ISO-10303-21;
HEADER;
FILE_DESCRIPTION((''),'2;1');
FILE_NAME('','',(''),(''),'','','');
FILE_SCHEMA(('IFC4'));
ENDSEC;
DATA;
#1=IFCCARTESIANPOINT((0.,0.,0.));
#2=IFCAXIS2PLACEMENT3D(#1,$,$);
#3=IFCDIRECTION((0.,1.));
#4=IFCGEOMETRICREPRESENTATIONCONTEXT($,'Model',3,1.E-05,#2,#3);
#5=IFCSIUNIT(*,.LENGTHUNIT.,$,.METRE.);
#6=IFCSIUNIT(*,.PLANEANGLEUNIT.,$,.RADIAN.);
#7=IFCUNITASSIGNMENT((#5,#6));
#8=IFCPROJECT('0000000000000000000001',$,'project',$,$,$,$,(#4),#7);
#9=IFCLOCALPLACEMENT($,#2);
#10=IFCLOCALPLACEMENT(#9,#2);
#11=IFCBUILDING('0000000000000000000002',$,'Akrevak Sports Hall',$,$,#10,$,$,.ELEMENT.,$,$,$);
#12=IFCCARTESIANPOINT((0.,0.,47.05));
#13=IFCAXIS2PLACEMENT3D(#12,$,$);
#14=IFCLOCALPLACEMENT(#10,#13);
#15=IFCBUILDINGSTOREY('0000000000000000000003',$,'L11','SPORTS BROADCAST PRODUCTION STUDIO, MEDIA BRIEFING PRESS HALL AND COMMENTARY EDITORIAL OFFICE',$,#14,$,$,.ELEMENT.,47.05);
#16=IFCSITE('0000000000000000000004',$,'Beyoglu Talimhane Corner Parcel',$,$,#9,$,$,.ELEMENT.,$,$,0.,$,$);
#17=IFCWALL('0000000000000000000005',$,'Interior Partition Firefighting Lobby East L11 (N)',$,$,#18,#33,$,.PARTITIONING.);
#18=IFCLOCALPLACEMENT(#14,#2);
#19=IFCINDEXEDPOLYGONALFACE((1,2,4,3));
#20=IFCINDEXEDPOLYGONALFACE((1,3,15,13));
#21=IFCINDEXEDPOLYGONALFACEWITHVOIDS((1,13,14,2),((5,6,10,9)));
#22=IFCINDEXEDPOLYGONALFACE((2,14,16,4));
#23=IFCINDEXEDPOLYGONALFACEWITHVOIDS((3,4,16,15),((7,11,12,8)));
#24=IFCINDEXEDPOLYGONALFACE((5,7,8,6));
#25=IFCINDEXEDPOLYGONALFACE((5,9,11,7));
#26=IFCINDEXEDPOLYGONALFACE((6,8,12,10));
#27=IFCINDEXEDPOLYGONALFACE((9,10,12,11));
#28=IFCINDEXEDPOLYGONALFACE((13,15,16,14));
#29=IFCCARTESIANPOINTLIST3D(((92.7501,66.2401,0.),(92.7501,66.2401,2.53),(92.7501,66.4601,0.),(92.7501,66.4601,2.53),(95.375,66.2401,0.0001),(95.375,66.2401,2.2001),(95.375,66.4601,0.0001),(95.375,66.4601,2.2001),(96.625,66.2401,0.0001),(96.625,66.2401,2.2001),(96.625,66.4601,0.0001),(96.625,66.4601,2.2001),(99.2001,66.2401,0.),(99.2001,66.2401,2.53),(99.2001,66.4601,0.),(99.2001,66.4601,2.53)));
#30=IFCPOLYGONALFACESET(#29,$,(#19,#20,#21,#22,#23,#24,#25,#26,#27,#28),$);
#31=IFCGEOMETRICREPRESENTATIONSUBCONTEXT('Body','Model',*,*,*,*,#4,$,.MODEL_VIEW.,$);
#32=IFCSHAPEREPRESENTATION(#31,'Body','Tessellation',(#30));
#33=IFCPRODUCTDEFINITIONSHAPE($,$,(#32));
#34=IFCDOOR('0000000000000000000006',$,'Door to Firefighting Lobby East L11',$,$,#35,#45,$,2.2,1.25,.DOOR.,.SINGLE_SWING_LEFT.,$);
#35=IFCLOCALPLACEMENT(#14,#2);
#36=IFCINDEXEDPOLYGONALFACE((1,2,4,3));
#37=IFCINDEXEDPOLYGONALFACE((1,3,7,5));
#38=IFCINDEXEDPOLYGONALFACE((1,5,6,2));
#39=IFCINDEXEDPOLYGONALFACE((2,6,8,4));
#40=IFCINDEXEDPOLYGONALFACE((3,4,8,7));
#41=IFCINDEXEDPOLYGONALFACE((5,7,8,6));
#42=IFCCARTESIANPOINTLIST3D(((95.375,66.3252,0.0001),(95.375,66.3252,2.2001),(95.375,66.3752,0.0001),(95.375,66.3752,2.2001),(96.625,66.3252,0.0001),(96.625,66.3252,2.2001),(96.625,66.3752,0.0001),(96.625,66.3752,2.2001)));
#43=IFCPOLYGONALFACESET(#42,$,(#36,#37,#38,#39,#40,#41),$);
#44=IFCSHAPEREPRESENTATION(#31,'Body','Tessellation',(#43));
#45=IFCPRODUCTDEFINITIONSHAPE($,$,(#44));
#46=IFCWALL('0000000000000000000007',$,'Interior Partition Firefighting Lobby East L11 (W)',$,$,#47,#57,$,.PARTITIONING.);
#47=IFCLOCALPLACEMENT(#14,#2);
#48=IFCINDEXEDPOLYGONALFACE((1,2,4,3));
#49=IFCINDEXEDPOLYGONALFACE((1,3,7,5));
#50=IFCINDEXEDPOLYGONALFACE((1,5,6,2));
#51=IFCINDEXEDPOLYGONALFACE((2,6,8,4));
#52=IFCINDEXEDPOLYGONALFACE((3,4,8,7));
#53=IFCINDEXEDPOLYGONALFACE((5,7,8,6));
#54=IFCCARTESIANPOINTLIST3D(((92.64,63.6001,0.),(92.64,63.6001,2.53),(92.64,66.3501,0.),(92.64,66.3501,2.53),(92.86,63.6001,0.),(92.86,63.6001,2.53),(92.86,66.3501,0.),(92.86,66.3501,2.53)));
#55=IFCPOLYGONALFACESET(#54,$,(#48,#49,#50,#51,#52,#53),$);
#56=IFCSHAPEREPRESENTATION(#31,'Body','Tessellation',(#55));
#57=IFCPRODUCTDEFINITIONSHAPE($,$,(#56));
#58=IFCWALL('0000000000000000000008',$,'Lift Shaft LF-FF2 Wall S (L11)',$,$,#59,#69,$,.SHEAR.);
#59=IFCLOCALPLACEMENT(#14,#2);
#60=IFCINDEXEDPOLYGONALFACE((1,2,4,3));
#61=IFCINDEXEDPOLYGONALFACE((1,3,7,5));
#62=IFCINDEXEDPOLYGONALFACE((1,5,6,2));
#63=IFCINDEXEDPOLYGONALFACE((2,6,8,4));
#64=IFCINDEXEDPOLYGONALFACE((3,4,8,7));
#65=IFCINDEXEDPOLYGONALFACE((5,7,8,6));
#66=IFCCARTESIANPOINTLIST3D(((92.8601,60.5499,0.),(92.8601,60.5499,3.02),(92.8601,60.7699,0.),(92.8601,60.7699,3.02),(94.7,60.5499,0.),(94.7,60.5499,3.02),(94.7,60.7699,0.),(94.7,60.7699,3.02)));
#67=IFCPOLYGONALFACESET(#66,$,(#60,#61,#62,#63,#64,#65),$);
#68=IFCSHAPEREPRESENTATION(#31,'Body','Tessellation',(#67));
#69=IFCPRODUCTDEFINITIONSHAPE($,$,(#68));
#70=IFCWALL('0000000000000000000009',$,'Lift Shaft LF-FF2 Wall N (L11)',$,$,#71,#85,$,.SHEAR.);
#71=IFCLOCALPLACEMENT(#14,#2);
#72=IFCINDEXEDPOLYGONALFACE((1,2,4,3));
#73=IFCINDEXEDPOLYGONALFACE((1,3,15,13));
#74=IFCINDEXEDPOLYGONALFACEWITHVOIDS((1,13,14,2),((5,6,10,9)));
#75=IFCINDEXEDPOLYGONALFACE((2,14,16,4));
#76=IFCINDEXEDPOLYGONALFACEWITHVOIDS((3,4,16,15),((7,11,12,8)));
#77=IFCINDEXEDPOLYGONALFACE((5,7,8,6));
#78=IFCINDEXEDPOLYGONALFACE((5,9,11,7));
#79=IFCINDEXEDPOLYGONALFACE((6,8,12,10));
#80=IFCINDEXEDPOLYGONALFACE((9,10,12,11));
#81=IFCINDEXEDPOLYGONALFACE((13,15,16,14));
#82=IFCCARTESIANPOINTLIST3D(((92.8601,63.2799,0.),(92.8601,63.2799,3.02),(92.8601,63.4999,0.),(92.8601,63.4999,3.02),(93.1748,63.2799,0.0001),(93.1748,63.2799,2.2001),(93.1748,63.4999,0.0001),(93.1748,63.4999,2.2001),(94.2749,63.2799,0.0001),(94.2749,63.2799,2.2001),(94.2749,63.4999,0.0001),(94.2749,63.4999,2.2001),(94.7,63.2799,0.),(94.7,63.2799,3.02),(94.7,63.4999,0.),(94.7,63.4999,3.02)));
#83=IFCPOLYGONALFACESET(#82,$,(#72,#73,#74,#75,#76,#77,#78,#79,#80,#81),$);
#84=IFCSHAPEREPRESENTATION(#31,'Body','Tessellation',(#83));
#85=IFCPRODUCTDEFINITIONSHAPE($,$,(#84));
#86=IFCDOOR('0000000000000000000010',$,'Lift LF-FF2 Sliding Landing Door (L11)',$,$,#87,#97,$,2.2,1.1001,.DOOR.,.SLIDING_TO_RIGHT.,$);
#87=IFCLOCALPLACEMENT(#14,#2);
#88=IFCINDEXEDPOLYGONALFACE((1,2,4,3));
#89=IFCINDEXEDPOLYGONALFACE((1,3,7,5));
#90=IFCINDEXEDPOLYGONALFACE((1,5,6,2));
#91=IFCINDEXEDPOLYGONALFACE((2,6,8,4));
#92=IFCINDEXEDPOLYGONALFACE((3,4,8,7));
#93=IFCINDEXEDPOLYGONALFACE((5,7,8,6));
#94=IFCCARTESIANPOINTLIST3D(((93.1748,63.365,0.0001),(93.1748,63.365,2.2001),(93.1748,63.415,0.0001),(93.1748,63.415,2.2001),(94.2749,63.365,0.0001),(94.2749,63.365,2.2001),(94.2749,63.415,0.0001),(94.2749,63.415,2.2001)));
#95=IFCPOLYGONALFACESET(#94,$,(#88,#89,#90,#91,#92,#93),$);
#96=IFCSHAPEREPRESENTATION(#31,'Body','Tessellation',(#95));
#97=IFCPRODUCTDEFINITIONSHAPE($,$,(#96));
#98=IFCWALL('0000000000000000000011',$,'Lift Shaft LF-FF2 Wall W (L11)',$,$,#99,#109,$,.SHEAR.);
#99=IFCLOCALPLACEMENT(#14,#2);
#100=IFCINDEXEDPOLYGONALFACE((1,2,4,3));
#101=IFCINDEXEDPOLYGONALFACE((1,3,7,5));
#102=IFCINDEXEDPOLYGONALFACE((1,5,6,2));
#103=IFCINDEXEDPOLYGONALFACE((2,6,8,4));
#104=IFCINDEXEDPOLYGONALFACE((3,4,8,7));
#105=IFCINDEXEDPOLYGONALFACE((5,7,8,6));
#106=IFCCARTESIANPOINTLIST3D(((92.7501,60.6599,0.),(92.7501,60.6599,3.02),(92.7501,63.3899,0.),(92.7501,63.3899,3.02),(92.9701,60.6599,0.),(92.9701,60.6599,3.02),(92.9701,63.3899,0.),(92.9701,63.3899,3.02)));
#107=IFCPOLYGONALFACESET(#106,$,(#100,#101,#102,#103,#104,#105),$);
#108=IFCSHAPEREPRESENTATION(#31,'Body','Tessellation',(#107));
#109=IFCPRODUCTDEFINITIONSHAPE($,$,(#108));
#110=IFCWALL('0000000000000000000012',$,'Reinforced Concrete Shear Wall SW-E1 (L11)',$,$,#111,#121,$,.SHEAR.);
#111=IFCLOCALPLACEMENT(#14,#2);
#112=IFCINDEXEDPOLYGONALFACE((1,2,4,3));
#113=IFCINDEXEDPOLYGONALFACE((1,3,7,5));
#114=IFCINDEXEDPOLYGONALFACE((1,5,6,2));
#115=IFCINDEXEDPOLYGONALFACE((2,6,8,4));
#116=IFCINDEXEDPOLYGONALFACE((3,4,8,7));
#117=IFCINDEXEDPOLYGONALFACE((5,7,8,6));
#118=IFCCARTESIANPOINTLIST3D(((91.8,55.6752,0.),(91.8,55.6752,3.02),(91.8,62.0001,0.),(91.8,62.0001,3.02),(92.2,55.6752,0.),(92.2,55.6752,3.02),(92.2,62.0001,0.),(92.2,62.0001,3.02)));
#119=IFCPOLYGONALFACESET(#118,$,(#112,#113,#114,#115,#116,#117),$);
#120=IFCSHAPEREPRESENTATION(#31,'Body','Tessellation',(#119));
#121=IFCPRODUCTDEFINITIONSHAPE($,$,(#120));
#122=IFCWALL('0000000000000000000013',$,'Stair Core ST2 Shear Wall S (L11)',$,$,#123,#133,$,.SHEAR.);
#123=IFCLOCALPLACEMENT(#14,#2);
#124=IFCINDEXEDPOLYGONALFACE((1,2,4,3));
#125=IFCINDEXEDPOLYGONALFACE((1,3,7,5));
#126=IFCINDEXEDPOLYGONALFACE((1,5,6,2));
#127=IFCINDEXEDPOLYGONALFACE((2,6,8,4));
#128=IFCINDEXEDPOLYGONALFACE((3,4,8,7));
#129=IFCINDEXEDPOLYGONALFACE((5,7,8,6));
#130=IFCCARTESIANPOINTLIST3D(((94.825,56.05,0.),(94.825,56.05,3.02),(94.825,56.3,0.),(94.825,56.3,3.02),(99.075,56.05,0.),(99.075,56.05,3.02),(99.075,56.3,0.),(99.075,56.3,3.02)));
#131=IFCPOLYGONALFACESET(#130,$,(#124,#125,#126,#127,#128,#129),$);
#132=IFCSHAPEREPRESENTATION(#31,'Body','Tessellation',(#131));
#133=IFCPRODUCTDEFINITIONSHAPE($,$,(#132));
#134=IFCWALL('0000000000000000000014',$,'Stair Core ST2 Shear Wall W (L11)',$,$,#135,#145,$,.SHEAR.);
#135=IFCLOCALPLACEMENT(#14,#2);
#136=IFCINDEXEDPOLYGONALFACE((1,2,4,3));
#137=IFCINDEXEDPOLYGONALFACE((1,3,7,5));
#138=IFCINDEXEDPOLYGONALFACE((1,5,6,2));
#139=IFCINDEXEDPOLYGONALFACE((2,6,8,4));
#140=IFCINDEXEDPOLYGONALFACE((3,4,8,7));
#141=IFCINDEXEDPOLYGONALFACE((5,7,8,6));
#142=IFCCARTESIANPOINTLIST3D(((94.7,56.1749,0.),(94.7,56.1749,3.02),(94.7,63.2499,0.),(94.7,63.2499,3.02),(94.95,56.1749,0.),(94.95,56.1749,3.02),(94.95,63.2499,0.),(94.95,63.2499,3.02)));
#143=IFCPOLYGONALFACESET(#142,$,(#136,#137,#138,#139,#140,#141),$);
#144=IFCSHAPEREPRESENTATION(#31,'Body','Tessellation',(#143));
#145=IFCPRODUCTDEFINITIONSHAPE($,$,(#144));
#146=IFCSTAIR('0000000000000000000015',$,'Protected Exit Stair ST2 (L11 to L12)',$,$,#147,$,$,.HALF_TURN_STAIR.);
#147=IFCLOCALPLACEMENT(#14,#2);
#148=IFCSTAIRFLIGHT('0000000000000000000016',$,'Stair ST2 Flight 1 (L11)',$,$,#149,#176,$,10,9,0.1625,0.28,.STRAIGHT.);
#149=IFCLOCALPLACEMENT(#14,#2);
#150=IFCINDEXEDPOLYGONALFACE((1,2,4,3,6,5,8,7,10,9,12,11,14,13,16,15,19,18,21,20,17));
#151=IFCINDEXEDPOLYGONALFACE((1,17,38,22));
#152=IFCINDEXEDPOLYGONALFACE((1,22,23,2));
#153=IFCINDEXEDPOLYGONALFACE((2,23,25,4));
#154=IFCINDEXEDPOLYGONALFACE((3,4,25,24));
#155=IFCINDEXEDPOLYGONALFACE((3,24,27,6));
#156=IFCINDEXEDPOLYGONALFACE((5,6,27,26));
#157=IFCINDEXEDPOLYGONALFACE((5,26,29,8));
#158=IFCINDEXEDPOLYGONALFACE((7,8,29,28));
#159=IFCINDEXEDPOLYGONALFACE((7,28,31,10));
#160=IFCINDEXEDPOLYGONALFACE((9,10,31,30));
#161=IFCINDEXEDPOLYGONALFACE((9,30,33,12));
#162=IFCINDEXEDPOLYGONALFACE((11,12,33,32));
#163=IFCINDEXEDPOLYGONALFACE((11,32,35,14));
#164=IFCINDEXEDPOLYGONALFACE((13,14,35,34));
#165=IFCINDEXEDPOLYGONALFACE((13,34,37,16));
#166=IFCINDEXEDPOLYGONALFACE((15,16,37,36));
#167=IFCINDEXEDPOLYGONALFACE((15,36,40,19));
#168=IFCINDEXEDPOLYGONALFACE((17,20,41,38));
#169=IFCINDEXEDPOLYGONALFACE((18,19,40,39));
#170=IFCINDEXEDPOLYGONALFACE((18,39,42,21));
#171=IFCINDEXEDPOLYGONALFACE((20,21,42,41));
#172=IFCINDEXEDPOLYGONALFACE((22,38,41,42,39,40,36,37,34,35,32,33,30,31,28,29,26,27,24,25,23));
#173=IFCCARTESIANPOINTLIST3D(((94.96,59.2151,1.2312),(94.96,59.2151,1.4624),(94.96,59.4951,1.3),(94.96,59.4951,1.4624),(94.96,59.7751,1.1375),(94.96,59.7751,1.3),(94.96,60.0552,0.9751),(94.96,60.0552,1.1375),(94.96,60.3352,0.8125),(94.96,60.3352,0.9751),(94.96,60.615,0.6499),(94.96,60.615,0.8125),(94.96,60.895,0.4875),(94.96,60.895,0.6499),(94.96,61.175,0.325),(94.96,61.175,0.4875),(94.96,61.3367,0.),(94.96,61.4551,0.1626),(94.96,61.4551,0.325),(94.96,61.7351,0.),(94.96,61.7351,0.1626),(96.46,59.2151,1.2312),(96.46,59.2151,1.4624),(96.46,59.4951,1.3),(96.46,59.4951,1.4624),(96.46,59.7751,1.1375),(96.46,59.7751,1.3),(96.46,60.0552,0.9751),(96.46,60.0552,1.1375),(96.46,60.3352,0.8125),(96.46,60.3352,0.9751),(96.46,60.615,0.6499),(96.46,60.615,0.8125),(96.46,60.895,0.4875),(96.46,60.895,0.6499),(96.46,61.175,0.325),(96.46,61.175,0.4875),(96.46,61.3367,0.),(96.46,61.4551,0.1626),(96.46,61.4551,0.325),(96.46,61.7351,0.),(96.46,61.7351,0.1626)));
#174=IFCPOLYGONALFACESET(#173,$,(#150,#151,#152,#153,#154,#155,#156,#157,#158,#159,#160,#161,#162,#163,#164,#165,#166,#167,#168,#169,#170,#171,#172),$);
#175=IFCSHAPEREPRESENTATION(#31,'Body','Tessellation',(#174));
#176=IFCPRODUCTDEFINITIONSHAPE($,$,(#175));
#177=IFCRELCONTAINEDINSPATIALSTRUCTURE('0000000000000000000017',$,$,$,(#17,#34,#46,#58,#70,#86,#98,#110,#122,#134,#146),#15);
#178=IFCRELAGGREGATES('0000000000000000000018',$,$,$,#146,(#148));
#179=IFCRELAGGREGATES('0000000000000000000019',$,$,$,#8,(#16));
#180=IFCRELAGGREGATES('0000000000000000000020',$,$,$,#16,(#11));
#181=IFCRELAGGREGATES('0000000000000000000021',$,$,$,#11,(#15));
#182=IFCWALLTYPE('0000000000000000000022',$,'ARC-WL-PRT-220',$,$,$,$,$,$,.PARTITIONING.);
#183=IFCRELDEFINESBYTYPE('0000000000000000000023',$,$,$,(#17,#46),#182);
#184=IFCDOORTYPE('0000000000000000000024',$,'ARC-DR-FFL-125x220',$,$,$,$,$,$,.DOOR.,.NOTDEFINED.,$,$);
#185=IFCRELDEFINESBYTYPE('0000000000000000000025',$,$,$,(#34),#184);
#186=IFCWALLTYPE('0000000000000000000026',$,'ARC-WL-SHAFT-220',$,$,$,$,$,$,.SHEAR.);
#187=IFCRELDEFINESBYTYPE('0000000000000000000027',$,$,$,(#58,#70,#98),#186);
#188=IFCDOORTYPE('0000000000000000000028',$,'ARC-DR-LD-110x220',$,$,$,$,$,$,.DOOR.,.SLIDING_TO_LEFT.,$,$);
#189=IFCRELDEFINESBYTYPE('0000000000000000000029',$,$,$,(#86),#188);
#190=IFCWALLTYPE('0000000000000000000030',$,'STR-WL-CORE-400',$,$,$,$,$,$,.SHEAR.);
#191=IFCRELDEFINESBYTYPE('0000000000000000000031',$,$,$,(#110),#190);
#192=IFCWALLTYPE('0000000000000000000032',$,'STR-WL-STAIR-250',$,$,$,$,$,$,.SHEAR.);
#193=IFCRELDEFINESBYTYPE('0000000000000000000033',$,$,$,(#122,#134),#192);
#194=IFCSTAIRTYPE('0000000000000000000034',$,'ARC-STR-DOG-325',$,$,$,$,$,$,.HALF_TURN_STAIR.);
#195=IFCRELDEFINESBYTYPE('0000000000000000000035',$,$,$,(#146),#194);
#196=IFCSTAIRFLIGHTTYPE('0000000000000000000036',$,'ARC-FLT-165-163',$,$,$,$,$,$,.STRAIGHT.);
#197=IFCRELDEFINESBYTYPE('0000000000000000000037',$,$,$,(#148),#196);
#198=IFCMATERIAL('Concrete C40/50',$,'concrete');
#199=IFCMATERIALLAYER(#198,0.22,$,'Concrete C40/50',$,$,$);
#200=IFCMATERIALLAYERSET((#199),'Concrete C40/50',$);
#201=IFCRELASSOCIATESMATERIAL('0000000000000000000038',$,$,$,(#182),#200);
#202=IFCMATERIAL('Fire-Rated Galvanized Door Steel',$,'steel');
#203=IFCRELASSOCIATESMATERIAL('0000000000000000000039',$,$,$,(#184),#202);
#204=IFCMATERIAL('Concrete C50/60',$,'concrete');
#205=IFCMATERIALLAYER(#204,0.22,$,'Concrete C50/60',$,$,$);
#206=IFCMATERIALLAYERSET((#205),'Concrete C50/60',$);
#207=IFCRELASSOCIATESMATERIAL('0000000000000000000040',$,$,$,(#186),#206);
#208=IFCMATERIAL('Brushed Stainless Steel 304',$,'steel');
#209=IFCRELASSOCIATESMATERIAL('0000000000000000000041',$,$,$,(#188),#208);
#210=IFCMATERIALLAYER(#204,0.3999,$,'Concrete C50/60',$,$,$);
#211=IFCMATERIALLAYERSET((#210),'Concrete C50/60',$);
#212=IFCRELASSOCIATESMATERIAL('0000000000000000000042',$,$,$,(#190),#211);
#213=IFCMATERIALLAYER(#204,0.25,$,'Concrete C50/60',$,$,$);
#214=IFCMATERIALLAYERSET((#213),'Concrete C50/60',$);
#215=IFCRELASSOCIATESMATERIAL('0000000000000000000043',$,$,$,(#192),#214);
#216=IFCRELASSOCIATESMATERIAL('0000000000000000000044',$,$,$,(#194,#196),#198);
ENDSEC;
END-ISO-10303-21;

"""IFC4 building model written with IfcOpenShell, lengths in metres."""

from ifc_helpers import new_model, si_unit, direction, frame, frame_2d, origin, place, context, subcontext, project, spatial, polyline, rectangle, outline, extrude, material, layer, layer_set, type_object, element, fill, aggregate, save


model = new_model("IFC4")

# Units and contexts
model_context = context("Model", 3, precision=1e-05, world=origin(), true_north=direction((0.0, 1.0)))
body_context = subcontext(model_context, "Body", "Model", "MODEL_VIEW")
ifc_project = project(units=[si_unit("LENGTHUNIT", "METRE"), si_unit("PLANEANGLEUNIT", "RADIAN")], contexts=[model_context])

# Site, building, storey
site_placement = place(None, origin())
site = spatial("IfcSite", under=ifc_project, at=site_placement, Name="Beyoglu Talimhane Corner Parcel", CompositionType="ELEMENT", RefElevation=0.0)
building_placement = place(site_placement, origin())
building = spatial("IfcBuilding", under=site, at=building_placement, Name="Akrevak Sports Hall", CompositionType="ELEMENT")
storey_placement = place(building_placement, frame((0.0, 0.0, 47.05)))
storey = spatial("IfcBuildingStorey", under=building, at=storey_placement, Name="L11", Description="SPORTS BROADCAST PRODUCTION STUDIO, MEDIA BRIEFING PRESS HALL AND COMMENTARY EDITORIAL OFFICE", CompositionType="ELEMENT", Elevation=47.05)

# Shared definitions
ifc_material_1 = material(Name="Concrete C40/50", Category="concrete")
ifc_material_2 = material(Name="Concrete C50/60", Category="concrete")

# Shared definitions
ifc_layer_1 = layer(ifc_material_1, 0.22, Name="Concrete C40/50")
ifc_layer_set_1 = layer_set([ifc_layer_1], Name="Concrete C40/50")
wall_type_1 = type_object("IfcWallType", Name="ARC-WL-PRT-220", PredefinedType="PARTITIONING", material=ifc_layer_set_1)

# Wall, opening, door
wall_1_placement = place(storey_placement, frame((92.75, 66.3501, 0.0), z_axis=(0.0, 0.0, 1.0), x_axis=(1.0, 0.0, 0.0)))
wall_1 = element("IfcWall", 1, at=wall_1_placement, inside=storey, type_object=wall_type_1, Name="Interior Partition Firefighting Lobby East L11 (N)", PredefinedType="PARTITIONING", context=body_context, shape_type="SweptSolid", body=[
    extrude(rectangle(XDim=6.45, YDim=0.22, at=frame_2d((3.2251, 0.0))), origin(), (0.0, 0.0, 1.0), 2.53),
])
opening_1_placement = place(wall_1_placement, frame((2.625, 0.0, 0.0)))
opening_1 = element("IfcOpeningElement", 2, at=opening_1_placement, cuts=wall_1, PredefinedType="OPENING", context=body_context, shape_type="SweptSolid", body=[
    extrude(rectangle(XDim=1.25, YDim=2.2, at=frame_2d((0.625, 1.1001))), frame((0.0, 0.1221, 0.0), z_axis=(0.0, -1.0, 0.0), x_axis=(1.0, 0.0, 0.0)), (0.0, 0.0, 1.0), 0.2439),
])
ifc_material_3 = material(Name="Fire-Rated Galvanized Door Steel", Category="steel")
door_type_1 = type_object("IfcDoorType", Name="ARC-DR-FFL-125x220", OperationType="NOTDEFINED", PredefinedType="DOOR", material=ifc_material_3)
door_1_placement = place(opening_1_placement, frame((1.25, 0.0, 0.0), z_axis=(0.0, 0.0, 1.0), x_axis=(-1.0, 0.0, 0.0)))
door_1 = element("IfcDoor", 3, at=door_1_placement, inside=storey, type_object=door_type_1, Name="Door to Firefighting Lobby East L11", OperationType="SINGLE_SWING_LEFT", OverallHeight=2.2, OverallWidth=1.25, PredefinedType="DOOR", context=body_context, shape_type="SweptSolid", body=[
    extrude(rectangle(XDim=1.25, YDim=2.2, at=frame_2d((0.625, 1.1001))), frame((0.0, 0.0249, 0.0), z_axis=(0.0, -1.0, 0.0), x_axis=(1.0, 0.0, 0.0)), (0.0, 0.0, 1.0), 0.05),
])
fill(opening_1, door_1)

# Walls
wall_2_placement = place(storey_placement, frame((92.75, 63.6001, 0.0), z_axis=(0.0, 0.0, 1.0), x_axis=(0.0, 1.0, 0.0)))
element("IfcWall", 4, at=wall_2_placement, inside=storey, type_object=wall_type_1, Name="Interior Partition Firefighting Lobby East L11 (W)", PredefinedType="PARTITIONING", context=body_context, shape_type="SweptSolid", body=[
    extrude(rectangle(XDim=2.75, YDim=0.22, at=frame_2d((1.375, 0.0))), origin(), (0.0, 0.0, 1.0), 2.53),
])
ifc_layer_2 = layer(ifc_material_2, 0.22, Name="Concrete C50/60")
ifc_layer_set_2 = layer_set([ifc_layer_2], Name="Concrete C50/60")
wall_type_2 = type_object("IfcWallType", Name="ARC-WL-SHAFT-220", PredefinedType="SHEAR", material=ifc_layer_set_2)
wall_3_placement = place(storey_placement, frame((92.8601, 60.6599, 0.0), z_axis=(0.0, 0.0, 1.0), x_axis=(1.0, 0.0, 0.0)))
element("IfcWall", 5, at=wall_3_placement, inside=storey, type_object=wall_type_2, Name="Lift Shaft LF-FF2 Wall S (L11)", PredefinedType="SHEAR", context=body_context, shape_type="SweptSolid", body=[
    extrude(rectangle(XDim=1.8398, YDim=0.22, at=frame_2d((0.9199, 0.0))), origin(), (0.0, 0.0, 1.0), 3.02),
])

# Wall, opening, door
wall_4_placement = place(storey_placement, frame((94.7, 63.3899, 0.0), z_axis=(0.0, 0.0, 1.0), x_axis=(-1.0, 0.0, 0.0)))
wall_4 = element("IfcWall", 6, at=wall_4_placement, inside=storey, type_object=wall_type_2, Name="Lift Shaft LF-FF2 Wall N (L11)", PredefinedType="SHEAR", context=body_context, shape_type="SweptSolid", body=[
    extrude(rectangle(XDim=1.8398, YDim=0.22, at=frame_2d((0.9199, 0.0))), origin(), (0.0, 0.0, 1.0), 3.02),
])
opening_2_placement = place(wall_4_placement, frame((0.425, 0.0, 0.0)))
opening_2 = element("IfcOpeningElement", 7, at=opening_2_placement, cuts=wall_4, PredefinedType="OPENING", context=body_context, shape_type="SweptSolid", body=[
    extrude(rectangle(XDim=1.1001, YDim=2.2, at=frame_2d((0.55, 1.1001))), frame((0.0, 0.1221, 0.0), z_axis=(0.0, -1.0, 0.0), x_axis=(1.0, 0.0, 0.0)), (0.0, 0.0, 1.0), 0.2439),
])
ifc_material_4 = material(Name="Brushed Stainless Steel 304", Category="steel")
door_type_2 = type_object("IfcDoorType", Name="ARC-DR-LD-110x220", OperationType="SLIDING_TO_LEFT", PredefinedType="DOOR", material=ifc_material_4)
door_2_placement = place(opening_2_placement, origin())
door_2 = element("IfcDoor", 8, at=door_2_placement, inside=storey, type_object=door_type_2, Name="Lift LF-FF2 Sliding Landing Door (L11)", OperationType="SLIDING_TO_RIGHT", OverallHeight=2.2, OverallWidth=1.1001, PredefinedType="DOOR", context=body_context, shape_type="SweptSolid", body=[
    extrude(rectangle(XDim=1.1001, YDim=2.2, at=frame_2d((0.55, 1.1001))), frame((0.0, 0.0249, 0.0), z_axis=(0.0, -1.0, 0.0), x_axis=(1.0, 0.0, 0.0)), (0.0, 0.0, 1.0), 0.05),
])
fill(opening_2, door_2)

# Walls
wall_5_placement = place(storey_placement, frame((92.8601, 63.3899, 0.0), z_axis=(0.0, 0.0, 1.0), x_axis=(0.0, -1.0, 0.0)))
element("IfcWall", 9, at=wall_5_placement, inside=storey, type_object=wall_type_2, Name="Lift Shaft LF-FF2 Wall W (L11)", PredefinedType="SHEAR", context=body_context, shape_type="SweptSolid", body=[
    extrude(rectangle(XDim=2.73, YDim=0.22, at=frame_2d((1.365, 0.0))), origin(), (0.0, 0.0, 1.0), 3.02),
])
ifc_layer_3 = layer(ifc_material_2, 0.3999, Name="Concrete C50/60")
ifc_layer_set_3 = layer_set([ifc_layer_3], Name="Concrete C50/60")
wall_type_3 = type_object("IfcWallType", Name="STR-WL-CORE-400", PredefinedType="SHEAR", material=ifc_layer_set_3)
wall_6_placement = place(storey_placement, frame((92.0, 55.675, 0.0), z_axis=(0.0, 0.0, 1.0), x_axis=(0.0, 1.0, 0.0)))
element("IfcWall", 10, at=wall_6_placement, inside=storey, type_object=wall_type_3, Name="Reinforced Concrete Shear Wall SW-E1 (L11)", PredefinedType="SHEAR", context=body_context, shape_type="SweptSolid", body=[
    extrude(rectangle(XDim=6.325, YDim=0.3999, at=frame_2d((3.1626, 0.0))), origin(), (0.0, 0.0, 1.0), 3.02),
])
ifc_layer_4 = layer(ifc_material_2, 0.25, Name="Concrete C50/60")
ifc_layer_set_4 = layer_set([ifc_layer_4], Name="Concrete C50/60")
wall_type_4 = type_object("IfcWallType", Name="STR-WL-STAIR-250", PredefinedType="SHEAR", material=ifc_layer_set_4)
wall_7_placement = place(storey_placement, frame((94.825, 56.175, 0.0), z_axis=(0.0, 0.0, 1.0), x_axis=(1.0, 0.0, 0.0)))
element("IfcWall", 11, at=wall_7_placement, inside=storey, type_object=wall_type_4, Name="Stair Core ST2 Shear Wall S (L11)", PredefinedType="SHEAR", context=body_context, shape_type="SweptSolid", body=[
    extrude(rectangle(XDim=4.25, YDim=0.25, at=frame_2d((2.125, 0.0))), origin(), (0.0, 0.0, 1.0), 3.02),
])
wall_8_placement = place(storey_placement, frame((94.825, 63.25, 0.0), z_axis=(0.0, 0.0, 1.0), x_axis=(0.0, -1.0, 0.0)))
element("IfcWall", 12, at=wall_8_placement, inside=storey, type_object=wall_type_4, Name="Stair Core ST2 Shear Wall W (L11)", PredefinedType="SHEAR", context=body_context, shape_type="SweptSolid", body=[
    extrude(rectangle(XDim=7.075, YDim=0.25, at=frame_2d((3.5376, 0.0))), origin(), (0.0, 0.0, 1.0), 3.02),
])

# Stair, stair flight
stair_type = type_object("IfcStairType", Name="ARC-STR-DOG-325", PredefinedType="HALF_TURN_STAIR", material=ifc_material_1)
stair_placement = place(storey_placement, origin())
stair = element("IfcStair", 13, at=stair_placement, inside=storey, type_object=stair_type, Name="Protected Exit Stair ST2 (L11 to L12)", PredefinedType="HALF_TURN_STAIR")
stair_flight_type = type_object("IfcStairFlightType", Name="ARC-FLT-165-163", PredefinedType="STRAIGHT", material=ifc_material_1)
stair_flight_placement = place(storey_placement, frame((95.71, 61.7351, 0.0), z_axis=(0.0, 0.0, 1.0), x_axis=(0.0, -1.0, 0.0)))
stair_flight = element("IfcStairFlight", 14, at=stair_flight_placement, type_object=stair_flight_type, Name="Stair ST2 Flight 1 (L11)", NumberOfRisers=10, NumberOfTreads=9, PredefinedType="STRAIGHT", RiserHeight=0.1625, TreadLength=0.28, context=body_context, shape_type="SweptSolid", body=[
    extrude(outline(polyline([(0.0, 0.0), (0.0, 0.1626), (0.28, 0.1626), (0.28, 0.325), (0.5601, 0.325), (0.5601, 0.4875), (0.8401, 0.4875), (0.8401, 0.6499), (1.1201, 0.6499), (1.1201, 0.8125), (1.3999, 0.8125), (1.3999, 0.9751), (1.6799, 0.9751), (1.6799, 1.1375), (1.96, 1.1375), (1.96, 1.3), (2.24, 1.3), (2.24, 1.4624), (2.52, 1.4624), (2.52, 1.625), (2.52, 1.2312), (0.3984, 0.0), (0.0, 0.0)])), frame((0.0, 0.75, 0.0), z_axis=(0.0, -1.0, 0.0), x_axis=(1.0, 0.0, 0.0)), (0.0, 0.0, 1.0), 1.5),
])
aggregate(stair, [stair_flight])

save(model, "model.ifc")
